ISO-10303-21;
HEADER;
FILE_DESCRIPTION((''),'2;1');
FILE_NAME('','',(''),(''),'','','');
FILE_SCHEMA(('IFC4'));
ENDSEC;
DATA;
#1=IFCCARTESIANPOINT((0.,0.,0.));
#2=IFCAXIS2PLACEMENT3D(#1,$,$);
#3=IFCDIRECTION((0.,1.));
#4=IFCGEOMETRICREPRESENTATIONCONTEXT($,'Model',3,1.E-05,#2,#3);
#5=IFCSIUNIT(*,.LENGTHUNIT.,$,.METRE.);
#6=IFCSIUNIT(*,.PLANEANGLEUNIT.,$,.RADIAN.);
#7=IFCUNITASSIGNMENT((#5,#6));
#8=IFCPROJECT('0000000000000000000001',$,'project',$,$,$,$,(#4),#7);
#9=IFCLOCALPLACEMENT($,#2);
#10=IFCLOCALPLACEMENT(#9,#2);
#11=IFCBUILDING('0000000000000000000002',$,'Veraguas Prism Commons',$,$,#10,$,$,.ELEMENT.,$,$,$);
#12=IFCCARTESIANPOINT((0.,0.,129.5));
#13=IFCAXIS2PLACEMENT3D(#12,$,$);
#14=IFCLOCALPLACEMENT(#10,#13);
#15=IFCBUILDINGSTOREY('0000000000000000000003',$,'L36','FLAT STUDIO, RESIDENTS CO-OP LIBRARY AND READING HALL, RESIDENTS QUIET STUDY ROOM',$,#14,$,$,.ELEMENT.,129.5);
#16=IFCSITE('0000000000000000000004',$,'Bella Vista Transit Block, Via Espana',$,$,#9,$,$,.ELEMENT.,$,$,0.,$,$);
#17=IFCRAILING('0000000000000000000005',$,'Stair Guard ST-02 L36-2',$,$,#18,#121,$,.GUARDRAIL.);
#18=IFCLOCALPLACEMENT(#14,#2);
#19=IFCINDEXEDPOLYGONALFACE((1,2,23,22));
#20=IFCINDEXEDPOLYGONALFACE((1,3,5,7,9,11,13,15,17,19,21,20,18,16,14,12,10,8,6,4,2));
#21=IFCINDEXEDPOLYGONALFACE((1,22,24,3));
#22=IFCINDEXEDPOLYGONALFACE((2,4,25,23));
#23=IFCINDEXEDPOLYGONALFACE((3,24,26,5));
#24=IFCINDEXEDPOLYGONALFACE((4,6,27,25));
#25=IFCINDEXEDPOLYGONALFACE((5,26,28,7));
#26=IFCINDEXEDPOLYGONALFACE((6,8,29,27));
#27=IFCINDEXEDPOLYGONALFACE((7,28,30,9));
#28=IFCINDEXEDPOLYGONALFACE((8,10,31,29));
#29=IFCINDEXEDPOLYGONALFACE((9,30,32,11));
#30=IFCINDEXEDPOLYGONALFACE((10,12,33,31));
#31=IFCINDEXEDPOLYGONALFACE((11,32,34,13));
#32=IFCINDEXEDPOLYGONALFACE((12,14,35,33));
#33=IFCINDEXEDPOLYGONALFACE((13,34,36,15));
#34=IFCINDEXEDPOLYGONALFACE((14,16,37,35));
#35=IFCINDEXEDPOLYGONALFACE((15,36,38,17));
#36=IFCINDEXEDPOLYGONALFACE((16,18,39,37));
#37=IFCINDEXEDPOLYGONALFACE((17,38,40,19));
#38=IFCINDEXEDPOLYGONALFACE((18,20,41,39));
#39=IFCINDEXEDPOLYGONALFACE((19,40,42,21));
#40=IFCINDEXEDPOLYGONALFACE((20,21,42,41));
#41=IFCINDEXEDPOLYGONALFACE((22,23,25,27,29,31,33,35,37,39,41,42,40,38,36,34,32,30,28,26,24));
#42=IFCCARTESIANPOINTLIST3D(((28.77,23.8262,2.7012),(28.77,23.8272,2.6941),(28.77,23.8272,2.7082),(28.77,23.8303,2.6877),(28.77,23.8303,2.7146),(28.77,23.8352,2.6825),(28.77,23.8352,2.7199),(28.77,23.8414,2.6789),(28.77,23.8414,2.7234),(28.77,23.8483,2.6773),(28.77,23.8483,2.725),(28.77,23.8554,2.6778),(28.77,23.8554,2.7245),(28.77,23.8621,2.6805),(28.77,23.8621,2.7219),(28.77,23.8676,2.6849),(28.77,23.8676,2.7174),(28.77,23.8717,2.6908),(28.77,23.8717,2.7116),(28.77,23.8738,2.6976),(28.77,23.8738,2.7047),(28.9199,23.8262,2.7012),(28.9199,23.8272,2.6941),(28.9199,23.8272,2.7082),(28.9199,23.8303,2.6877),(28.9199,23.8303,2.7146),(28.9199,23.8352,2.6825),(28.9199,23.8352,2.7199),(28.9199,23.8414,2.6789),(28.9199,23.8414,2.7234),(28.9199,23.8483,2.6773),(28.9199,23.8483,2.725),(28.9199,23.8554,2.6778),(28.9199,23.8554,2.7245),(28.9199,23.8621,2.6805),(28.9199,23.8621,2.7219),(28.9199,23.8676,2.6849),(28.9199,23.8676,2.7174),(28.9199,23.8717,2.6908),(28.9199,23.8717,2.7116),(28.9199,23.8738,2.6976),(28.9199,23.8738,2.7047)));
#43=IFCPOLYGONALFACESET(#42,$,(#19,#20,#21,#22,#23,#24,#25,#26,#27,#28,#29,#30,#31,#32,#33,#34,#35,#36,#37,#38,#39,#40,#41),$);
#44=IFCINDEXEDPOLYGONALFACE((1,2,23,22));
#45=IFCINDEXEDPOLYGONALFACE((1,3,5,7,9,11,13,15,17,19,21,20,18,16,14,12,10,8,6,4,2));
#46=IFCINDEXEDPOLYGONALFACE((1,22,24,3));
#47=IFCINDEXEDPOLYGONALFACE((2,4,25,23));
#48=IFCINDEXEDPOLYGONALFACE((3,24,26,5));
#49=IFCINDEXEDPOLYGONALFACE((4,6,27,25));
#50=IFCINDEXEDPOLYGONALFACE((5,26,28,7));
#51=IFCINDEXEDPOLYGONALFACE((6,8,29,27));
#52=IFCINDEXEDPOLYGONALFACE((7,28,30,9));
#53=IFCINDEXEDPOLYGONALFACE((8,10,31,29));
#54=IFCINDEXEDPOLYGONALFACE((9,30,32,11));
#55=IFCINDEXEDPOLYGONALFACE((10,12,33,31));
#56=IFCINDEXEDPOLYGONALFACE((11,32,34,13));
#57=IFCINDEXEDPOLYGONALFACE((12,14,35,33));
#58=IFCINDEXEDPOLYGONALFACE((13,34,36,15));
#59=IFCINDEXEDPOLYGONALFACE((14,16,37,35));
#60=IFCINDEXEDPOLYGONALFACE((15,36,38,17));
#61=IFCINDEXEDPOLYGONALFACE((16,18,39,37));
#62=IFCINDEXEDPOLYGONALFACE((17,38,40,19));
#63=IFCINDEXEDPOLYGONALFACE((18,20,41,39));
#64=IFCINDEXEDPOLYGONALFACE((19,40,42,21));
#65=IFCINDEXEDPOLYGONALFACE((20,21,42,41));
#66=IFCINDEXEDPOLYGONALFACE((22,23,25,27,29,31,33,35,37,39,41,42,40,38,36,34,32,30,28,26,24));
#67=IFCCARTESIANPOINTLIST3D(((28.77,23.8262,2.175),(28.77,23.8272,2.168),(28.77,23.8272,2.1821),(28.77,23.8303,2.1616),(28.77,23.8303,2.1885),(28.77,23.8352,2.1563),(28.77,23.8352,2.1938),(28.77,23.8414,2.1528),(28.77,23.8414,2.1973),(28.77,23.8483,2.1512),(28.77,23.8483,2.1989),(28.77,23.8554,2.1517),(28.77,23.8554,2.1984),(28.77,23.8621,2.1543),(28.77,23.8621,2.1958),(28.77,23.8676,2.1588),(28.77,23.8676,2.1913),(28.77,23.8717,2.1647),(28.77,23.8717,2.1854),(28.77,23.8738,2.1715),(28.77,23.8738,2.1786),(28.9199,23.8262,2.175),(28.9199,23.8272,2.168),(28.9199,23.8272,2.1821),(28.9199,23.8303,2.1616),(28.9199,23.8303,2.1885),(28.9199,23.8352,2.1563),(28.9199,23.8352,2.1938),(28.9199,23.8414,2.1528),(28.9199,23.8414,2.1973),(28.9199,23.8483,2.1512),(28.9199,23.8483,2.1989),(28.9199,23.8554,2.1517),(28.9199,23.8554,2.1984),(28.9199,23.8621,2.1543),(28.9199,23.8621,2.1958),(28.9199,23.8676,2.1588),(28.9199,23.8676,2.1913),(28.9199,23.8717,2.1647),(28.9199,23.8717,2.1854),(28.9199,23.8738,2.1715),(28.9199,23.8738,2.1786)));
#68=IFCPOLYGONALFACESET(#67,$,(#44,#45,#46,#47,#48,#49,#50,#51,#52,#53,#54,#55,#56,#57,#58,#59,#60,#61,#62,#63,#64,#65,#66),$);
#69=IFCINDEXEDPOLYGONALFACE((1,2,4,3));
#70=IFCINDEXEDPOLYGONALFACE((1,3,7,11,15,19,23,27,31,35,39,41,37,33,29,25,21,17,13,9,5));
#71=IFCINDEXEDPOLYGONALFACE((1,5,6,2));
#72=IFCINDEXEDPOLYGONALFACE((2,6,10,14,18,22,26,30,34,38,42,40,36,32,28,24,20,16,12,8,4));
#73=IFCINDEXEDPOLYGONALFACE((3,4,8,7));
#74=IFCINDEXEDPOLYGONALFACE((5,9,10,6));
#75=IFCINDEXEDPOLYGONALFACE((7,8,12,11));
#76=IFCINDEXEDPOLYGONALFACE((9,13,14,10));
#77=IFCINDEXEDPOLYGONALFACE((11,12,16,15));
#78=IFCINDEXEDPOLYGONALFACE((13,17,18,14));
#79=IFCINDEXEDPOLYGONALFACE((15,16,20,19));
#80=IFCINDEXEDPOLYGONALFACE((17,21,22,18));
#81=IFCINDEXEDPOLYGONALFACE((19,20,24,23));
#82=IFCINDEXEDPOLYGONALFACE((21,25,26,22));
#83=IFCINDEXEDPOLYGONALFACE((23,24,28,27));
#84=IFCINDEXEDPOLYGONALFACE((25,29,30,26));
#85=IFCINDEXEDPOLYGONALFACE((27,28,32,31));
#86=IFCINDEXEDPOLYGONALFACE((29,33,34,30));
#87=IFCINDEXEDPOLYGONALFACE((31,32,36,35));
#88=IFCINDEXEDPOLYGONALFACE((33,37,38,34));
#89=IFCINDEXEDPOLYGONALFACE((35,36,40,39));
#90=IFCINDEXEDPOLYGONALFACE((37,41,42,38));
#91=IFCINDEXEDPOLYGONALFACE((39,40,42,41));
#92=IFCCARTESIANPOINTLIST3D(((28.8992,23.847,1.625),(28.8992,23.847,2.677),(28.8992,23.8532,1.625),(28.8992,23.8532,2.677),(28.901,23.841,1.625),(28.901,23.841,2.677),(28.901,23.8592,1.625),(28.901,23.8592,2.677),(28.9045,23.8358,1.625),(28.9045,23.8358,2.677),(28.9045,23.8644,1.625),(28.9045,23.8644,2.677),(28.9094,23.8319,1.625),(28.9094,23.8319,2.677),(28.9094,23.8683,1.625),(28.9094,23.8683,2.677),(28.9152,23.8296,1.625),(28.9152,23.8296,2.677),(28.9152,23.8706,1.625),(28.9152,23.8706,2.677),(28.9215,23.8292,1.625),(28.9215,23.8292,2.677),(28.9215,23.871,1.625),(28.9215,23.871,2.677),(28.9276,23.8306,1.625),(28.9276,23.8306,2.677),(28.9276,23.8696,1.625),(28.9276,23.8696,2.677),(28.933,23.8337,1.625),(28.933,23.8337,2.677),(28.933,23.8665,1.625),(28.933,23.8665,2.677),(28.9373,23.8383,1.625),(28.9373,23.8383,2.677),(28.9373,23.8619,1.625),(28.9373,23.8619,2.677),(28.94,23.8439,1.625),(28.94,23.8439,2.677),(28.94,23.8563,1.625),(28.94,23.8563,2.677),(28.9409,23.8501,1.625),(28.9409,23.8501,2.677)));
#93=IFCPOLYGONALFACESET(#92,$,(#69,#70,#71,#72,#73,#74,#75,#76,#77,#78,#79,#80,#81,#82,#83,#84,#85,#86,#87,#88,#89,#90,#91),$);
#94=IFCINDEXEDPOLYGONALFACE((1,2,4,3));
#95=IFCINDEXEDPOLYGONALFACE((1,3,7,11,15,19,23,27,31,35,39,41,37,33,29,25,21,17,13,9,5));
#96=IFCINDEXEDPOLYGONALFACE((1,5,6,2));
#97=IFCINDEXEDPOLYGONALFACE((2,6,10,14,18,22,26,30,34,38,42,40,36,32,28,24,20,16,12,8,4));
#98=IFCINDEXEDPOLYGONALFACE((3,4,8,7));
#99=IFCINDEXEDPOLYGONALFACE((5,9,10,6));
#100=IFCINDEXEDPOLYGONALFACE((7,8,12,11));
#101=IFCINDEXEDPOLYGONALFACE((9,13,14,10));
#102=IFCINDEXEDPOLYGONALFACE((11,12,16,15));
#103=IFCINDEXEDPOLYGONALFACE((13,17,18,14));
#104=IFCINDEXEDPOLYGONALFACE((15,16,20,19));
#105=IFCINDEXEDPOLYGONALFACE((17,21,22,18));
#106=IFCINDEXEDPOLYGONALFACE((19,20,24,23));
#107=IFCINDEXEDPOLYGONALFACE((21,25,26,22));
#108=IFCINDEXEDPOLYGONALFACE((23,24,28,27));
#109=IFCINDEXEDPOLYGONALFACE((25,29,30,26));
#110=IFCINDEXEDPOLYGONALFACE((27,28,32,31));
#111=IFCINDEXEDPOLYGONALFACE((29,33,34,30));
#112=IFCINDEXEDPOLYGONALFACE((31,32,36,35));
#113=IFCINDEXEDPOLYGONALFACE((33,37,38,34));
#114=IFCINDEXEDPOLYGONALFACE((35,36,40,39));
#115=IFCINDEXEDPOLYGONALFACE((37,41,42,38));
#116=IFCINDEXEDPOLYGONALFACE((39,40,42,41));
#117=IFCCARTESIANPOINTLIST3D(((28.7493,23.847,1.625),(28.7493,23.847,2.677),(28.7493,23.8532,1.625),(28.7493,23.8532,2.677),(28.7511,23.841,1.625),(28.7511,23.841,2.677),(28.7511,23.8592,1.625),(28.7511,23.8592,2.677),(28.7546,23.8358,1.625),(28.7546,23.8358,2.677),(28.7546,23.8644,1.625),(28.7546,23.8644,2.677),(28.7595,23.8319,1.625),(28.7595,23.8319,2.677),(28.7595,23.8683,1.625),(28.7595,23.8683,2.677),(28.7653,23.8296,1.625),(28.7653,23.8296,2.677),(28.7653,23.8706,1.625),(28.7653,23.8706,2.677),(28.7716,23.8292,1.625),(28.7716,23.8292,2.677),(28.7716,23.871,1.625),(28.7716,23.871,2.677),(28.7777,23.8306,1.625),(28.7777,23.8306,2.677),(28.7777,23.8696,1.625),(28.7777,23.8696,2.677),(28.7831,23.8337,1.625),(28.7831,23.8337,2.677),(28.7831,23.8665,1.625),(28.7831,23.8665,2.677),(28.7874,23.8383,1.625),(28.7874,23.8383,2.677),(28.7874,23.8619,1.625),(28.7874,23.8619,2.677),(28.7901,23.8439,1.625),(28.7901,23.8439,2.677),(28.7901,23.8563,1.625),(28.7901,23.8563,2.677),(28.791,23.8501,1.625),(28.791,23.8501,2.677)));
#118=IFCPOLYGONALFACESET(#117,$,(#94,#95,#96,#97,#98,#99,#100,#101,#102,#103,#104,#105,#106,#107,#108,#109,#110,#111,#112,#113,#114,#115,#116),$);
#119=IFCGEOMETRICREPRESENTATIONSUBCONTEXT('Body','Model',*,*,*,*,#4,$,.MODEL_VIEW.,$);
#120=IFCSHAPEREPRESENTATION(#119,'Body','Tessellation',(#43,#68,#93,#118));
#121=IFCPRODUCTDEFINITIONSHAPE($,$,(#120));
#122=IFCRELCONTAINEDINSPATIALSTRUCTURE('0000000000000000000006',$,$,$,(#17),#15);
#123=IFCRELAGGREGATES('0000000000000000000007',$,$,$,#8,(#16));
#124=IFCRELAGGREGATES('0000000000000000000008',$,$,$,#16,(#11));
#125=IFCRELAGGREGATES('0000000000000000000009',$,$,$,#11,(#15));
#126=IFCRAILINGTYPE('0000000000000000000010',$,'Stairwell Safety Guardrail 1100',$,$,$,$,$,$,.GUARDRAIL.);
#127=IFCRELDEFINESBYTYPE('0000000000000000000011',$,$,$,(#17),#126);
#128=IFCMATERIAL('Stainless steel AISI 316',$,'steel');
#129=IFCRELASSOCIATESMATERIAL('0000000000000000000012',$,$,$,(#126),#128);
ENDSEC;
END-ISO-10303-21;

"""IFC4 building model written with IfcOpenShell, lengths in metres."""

from ifc_helpers import new_model, si_unit, direction, frame, origin, origin_2d, place, context, subcontext, project, spatial, circle, extrude, material, type_object, element, save


model = new_model("IFC4")

# Units and contexts
model_context = context("Model", 3, precision=1e-05, world=origin(), true_north=direction((0.0, 1.0)))
body_context = subcontext(model_context, "Body", "Model", "MODEL_VIEW")
ifc_project = project(units=[si_unit("LENGTHUNIT", "METRE"), si_unit("PLANEANGLEUNIT", "RADIAN")], contexts=[model_context])

# Site, building, storey
site_placement = place(None, origin())
site = spatial("IfcSite", under=ifc_project, at=site_placement, Name="Bella Vista Transit Block, Via Espana", CompositionType="ELEMENT", RefElevation=0.0)
building_placement = place(site_placement, origin())
building = spatial("IfcBuilding", under=site, at=building_placement, Name="Veraguas Prism Commons", CompositionType="ELEMENT")
storey_placement = place(building_placement, frame((0.0, 0.0, 129.5)))
storey = spatial("IfcBuildingStorey", under=building, at=storey_placement, Name="L36", Description="FLAT STUDIO, RESIDENTS CO-OP LIBRARY AND READING HALL, RESIDENTS QUIET STUDY ROOM", CompositionType="ELEMENT", Elevation=129.5)

# Shared definitions
ifc_material_1 = material(Name="Stainless steel AISI 316", Category="steel")

# Railing
railing_type_1 = type_object("IfcRailingType", Name="Stairwell Safety Guardrail 1100", PredefinedType="GUARDRAIL", material=ifc_material_1)
railing_1_placement = place(storey_placement, frame((28.9199, 23.8501, 1.625)))
element("IfcRailing", 1, at=railing_1_placement, inside=storey, type_object=railing_type_1, Name="Stair Guard ST-02 L36-2", PredefinedType="GUARDRAIL", context=body_context, shape_type="SweptSolid", body=[
    extrude(circle(Radius=0.0239, at=origin_2d()), frame((0.0, 0.0, 1.0762), z_axis=(-1.0, 0.0, 0.0), x_axis=(0.0, -1.0, 0.0)), (0.0, 0.0, 1.0), 0.1499),
    extrude(circle(Radius=0.0239, at=origin_2d()), frame((0.0, 0.0, 0.55), z_axis=(-1.0, 0.0, 0.0), x_axis=(0.0, -1.0, 0.0)), (0.0, 0.0, 1.0), 0.1499),
    extrude(circle(Radius=0.021, at=origin_2d()), origin(), (0.0, 0.0, 1.0), 1.052),
    extrude(circle(Radius=0.021, at=origin_2d()), frame((-0.1499, 0.0, 0.0)), (0.0, 0.0, 1.0), 1.052),
])

save(model, "model.ifc")
